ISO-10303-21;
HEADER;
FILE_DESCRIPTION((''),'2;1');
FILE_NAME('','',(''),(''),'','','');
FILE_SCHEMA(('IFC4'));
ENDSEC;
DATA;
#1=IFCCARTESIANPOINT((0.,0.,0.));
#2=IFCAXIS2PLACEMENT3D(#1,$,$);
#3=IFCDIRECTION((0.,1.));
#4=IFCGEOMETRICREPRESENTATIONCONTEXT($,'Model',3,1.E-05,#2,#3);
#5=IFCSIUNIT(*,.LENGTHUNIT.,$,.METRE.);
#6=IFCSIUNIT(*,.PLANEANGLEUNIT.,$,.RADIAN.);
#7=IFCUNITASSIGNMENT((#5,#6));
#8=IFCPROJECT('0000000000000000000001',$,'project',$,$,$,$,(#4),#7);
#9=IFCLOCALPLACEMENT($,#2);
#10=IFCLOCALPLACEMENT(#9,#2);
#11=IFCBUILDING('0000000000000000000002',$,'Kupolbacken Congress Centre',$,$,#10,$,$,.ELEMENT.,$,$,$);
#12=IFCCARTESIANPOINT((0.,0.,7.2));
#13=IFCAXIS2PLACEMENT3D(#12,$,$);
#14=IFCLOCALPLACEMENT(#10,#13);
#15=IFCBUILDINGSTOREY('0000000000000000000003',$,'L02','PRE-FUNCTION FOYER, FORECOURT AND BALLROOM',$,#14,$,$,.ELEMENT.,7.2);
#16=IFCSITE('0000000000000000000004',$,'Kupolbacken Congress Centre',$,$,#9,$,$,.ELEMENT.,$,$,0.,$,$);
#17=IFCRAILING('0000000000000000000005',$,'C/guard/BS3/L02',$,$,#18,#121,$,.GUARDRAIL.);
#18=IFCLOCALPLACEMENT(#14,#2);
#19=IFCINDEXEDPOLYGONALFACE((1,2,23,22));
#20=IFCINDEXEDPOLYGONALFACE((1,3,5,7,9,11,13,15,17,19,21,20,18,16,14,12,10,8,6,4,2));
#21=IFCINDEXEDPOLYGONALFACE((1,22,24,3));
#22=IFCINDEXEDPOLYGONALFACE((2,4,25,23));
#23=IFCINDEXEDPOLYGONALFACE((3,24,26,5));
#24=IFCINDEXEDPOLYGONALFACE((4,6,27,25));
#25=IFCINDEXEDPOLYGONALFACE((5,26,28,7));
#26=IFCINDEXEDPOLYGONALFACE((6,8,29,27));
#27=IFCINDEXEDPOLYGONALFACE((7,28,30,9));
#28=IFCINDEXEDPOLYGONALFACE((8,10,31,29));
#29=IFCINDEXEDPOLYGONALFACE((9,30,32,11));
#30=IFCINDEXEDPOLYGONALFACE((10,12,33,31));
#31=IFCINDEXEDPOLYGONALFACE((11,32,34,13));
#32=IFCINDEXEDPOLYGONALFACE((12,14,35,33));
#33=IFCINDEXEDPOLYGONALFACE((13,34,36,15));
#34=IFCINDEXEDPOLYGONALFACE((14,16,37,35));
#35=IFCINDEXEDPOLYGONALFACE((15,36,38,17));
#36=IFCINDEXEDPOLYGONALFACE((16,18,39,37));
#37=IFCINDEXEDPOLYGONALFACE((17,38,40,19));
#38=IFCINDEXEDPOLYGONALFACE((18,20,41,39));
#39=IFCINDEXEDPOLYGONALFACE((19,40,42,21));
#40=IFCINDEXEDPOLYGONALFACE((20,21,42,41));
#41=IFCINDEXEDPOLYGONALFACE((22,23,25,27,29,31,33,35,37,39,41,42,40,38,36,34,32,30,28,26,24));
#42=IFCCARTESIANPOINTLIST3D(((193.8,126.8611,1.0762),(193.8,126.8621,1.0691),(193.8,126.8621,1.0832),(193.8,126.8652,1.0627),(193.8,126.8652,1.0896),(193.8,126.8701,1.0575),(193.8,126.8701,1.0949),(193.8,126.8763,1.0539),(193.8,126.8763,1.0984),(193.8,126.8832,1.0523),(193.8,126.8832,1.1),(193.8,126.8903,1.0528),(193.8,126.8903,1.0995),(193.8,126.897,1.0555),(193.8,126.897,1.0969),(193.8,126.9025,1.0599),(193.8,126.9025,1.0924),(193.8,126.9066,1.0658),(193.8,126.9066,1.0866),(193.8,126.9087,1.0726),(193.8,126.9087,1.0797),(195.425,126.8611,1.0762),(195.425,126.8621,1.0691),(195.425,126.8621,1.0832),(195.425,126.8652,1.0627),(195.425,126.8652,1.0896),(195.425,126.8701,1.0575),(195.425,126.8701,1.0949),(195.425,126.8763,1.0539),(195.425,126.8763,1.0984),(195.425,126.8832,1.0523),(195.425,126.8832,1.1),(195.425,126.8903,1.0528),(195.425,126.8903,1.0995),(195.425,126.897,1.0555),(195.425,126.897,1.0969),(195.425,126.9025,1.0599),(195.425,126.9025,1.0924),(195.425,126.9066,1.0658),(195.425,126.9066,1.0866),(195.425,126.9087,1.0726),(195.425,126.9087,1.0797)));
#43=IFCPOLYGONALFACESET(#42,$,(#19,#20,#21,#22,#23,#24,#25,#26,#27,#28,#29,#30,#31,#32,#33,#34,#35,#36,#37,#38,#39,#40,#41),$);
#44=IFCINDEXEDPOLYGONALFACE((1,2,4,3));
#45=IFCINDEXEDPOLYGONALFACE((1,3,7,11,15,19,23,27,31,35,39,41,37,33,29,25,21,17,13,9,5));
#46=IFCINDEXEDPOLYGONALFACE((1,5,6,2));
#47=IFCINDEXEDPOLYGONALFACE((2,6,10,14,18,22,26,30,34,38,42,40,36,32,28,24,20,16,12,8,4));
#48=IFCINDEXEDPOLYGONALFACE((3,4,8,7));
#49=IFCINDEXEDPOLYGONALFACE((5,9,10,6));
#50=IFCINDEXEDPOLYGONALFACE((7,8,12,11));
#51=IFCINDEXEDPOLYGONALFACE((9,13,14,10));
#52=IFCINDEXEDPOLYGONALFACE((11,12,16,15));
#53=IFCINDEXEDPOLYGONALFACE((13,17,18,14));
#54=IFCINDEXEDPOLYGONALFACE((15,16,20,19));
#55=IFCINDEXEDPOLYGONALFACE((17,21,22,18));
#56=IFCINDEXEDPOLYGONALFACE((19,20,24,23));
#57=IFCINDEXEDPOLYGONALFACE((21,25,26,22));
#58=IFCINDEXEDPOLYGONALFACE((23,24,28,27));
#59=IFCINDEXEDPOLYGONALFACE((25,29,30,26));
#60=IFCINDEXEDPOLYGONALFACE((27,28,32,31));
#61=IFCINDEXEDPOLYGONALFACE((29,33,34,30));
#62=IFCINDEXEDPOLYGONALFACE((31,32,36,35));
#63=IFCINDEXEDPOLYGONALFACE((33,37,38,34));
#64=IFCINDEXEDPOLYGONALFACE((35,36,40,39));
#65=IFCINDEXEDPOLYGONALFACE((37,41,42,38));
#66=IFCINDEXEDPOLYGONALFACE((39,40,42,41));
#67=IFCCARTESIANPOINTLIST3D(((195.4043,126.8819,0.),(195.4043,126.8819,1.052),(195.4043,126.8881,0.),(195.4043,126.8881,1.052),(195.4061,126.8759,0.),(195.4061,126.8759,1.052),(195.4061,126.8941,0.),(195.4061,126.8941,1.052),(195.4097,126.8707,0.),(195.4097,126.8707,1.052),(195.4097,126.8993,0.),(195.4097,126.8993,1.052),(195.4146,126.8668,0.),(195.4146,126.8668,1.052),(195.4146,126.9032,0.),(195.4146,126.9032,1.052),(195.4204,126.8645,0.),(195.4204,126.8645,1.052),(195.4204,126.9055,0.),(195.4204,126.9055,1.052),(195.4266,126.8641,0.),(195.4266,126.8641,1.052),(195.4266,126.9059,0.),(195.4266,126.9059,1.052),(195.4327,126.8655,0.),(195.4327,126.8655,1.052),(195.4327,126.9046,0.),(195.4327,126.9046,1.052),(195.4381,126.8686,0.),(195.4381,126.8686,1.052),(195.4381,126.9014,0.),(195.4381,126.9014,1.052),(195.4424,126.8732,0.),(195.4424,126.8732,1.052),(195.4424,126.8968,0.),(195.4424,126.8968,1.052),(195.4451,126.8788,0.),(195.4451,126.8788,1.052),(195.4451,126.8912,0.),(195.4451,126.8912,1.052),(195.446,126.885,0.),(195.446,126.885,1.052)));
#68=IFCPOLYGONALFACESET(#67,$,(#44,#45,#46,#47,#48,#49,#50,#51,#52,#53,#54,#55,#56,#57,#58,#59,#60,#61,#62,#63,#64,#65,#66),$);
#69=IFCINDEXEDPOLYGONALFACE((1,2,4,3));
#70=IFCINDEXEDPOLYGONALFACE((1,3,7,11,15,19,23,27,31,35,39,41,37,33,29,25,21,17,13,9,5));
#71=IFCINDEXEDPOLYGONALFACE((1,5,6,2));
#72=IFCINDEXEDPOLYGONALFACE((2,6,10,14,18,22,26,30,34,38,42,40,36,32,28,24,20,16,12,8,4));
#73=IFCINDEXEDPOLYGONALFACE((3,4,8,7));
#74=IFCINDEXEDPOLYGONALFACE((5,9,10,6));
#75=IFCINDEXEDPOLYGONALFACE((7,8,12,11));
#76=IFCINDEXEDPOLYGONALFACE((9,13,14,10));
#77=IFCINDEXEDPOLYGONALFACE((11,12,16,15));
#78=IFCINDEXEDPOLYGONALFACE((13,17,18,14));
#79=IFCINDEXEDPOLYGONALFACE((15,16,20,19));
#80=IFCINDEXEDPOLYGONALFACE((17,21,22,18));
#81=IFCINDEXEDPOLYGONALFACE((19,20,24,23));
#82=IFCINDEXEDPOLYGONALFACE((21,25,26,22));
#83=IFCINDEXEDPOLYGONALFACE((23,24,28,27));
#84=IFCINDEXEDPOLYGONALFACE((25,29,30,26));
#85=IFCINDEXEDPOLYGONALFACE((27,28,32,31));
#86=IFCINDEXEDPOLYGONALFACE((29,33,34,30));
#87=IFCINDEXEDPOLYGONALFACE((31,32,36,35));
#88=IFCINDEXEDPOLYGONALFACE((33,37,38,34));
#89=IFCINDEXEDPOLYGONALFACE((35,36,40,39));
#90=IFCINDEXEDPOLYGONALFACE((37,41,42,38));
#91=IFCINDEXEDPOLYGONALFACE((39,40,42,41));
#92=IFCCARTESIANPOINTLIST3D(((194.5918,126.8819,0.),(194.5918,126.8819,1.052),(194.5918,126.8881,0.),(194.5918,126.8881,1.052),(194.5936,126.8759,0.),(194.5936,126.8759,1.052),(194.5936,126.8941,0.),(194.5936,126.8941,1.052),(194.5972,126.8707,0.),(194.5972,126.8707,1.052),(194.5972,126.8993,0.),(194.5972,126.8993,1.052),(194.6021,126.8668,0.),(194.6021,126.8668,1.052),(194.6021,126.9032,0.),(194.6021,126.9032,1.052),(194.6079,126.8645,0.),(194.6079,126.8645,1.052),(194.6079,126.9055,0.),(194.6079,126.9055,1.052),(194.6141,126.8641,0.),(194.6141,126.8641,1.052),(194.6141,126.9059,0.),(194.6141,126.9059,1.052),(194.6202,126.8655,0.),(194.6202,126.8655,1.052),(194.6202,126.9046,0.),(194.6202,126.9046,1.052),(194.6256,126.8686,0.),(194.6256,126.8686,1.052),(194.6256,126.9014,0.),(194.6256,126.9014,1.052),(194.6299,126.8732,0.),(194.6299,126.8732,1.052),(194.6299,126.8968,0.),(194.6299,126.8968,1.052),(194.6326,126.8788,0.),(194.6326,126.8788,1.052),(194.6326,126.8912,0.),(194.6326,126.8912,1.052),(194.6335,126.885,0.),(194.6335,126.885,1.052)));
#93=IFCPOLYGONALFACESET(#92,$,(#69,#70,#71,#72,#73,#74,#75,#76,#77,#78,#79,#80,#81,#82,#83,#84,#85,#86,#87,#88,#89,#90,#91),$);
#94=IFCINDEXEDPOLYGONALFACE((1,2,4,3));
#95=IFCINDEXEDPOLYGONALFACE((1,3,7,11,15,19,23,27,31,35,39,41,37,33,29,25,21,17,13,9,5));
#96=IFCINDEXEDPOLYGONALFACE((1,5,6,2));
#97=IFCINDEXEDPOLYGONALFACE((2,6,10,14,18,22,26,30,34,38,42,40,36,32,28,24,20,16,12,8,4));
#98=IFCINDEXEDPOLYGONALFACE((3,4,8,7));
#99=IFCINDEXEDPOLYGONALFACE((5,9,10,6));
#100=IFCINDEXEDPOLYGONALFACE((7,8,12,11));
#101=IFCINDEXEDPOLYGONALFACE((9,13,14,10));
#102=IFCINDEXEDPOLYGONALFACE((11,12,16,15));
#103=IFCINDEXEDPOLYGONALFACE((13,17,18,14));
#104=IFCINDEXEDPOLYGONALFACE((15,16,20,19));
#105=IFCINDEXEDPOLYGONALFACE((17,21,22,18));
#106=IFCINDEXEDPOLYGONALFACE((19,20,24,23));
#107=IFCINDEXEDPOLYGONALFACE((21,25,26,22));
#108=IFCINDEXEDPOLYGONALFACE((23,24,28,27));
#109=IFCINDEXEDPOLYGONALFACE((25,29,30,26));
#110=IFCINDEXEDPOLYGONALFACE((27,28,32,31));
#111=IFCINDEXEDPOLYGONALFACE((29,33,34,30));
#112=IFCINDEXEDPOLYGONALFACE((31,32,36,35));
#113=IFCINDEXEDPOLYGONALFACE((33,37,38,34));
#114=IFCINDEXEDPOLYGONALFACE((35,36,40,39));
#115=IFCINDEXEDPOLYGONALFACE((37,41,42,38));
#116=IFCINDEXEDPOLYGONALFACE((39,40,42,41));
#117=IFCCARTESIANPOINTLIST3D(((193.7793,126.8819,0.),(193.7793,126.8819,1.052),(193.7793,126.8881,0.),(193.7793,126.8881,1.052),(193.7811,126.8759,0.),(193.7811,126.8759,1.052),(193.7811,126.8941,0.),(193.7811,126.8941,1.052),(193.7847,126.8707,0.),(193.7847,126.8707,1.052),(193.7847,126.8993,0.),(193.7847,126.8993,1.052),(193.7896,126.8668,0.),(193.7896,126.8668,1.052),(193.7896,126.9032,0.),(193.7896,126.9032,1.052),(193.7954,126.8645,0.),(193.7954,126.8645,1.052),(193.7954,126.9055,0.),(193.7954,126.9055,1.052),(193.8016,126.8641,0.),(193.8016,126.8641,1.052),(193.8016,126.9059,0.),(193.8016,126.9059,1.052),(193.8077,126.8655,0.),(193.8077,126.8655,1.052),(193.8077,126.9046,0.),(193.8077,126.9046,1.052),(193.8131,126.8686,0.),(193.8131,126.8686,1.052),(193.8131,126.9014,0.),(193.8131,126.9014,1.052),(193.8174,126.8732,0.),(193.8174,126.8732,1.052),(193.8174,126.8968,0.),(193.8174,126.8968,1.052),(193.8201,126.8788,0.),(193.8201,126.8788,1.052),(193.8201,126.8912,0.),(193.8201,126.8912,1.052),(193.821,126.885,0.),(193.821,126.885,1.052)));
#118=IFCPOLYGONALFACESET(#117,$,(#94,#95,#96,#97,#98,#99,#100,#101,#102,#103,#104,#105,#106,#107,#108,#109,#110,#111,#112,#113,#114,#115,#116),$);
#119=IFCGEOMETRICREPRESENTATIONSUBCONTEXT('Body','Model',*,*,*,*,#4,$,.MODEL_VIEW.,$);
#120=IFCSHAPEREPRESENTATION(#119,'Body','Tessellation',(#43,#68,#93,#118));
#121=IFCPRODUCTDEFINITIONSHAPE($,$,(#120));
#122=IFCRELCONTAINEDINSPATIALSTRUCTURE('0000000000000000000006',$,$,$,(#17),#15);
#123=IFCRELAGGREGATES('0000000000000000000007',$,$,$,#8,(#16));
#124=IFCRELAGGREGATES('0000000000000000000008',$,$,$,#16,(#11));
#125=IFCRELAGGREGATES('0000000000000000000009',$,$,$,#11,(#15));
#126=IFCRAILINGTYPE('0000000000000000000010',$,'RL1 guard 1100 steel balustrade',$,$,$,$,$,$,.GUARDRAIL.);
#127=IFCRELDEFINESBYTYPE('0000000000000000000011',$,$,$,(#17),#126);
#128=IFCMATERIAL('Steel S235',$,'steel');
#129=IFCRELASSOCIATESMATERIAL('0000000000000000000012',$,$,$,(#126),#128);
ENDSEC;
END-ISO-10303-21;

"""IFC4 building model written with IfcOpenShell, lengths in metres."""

from ifc_helpers import new_model, si_unit, direction, frame, origin, origin_2d, place, context, subcontext, project, spatial, circle, extrude, material, type_object, element, save


model = new_model("IFC4")

# Units and contexts
model_context = context("Model", 3, precision=1e-05, world=origin(), true_north=direction((0.0, 1.0)))
body_context = subcontext(model_context, "Body", "Model", "MODEL_VIEW")
ifc_project = project(units=[si_unit("LENGTHUNIT", "METRE"), si_unit("PLANEANGLEUNIT", "RADIAN")], contexts=[model_context])

# Site, building, storey
site_placement = place(None, origin())
site = spatial("IfcSite", under=ifc_project, at=site_placement, Name="Kupolbacken Congress Centre", CompositionType="ELEMENT", RefElevation=0.0)
building_placement = place(site_placement, origin())
building = spatial("IfcBuilding", under=site, at=building_placement, Name="Kupolbacken Congress Centre", CompositionType="ELEMENT")
storey_placement = place(building_placement, frame((0.0, 0.0, 7.2)))
storey = spatial("IfcBuildingStorey", under=building, at=storey_placement, Name="L02", Description="PRE-FUNCTION FOYER, FORECOURT AND BALLROOM", CompositionType="ELEMENT", Elevation=7.2)

# Railing
ifc_material_1 = material(Name="Steel S235", Category="steel")
railing_type = type_object("IfcRailingType", Name="RL1 guard 1100 steel balustrade", PredefinedType="GUARDRAIL", material=ifc_material_1)
railing_1_placement = place(storey_placement, frame((195.425, 126.885, 0.0)))
element("IfcRailing", 1, at=railing_1_placement, inside=storey, type_object=railing_type, Name="C/guard/BS3/L02", PredefinedType="GUARDRAIL", context=body_context, shape_type="SweptSolid", body=[
    extrude(circle(Radius=0.0239, at=origin_2d()), frame((0.0, 0.0, 1.0762), z_axis=(-1.0, 0.0, 0.0), x_axis=(0.0, -1.0, 0.0)), (0.0, 0.0, 1.0), 1.625),
    extrude(circle(Radius=0.021, at=origin_2d()), origin(), (0.0, 0.0, 1.0), 1.052),
    extrude(circle(Radius=0.021, at=origin_2d()), frame((-0.8125, 0.0, 0.0)), (0.0, 0.0, 1.0), 1.052),
    extrude(circle(Radius=0.021, at=origin_2d()), frame((-1.625, 0.0, 0.0)), (0.0, 0.0, 1.0), 1.052),
])

save(model, "model.ifc")
